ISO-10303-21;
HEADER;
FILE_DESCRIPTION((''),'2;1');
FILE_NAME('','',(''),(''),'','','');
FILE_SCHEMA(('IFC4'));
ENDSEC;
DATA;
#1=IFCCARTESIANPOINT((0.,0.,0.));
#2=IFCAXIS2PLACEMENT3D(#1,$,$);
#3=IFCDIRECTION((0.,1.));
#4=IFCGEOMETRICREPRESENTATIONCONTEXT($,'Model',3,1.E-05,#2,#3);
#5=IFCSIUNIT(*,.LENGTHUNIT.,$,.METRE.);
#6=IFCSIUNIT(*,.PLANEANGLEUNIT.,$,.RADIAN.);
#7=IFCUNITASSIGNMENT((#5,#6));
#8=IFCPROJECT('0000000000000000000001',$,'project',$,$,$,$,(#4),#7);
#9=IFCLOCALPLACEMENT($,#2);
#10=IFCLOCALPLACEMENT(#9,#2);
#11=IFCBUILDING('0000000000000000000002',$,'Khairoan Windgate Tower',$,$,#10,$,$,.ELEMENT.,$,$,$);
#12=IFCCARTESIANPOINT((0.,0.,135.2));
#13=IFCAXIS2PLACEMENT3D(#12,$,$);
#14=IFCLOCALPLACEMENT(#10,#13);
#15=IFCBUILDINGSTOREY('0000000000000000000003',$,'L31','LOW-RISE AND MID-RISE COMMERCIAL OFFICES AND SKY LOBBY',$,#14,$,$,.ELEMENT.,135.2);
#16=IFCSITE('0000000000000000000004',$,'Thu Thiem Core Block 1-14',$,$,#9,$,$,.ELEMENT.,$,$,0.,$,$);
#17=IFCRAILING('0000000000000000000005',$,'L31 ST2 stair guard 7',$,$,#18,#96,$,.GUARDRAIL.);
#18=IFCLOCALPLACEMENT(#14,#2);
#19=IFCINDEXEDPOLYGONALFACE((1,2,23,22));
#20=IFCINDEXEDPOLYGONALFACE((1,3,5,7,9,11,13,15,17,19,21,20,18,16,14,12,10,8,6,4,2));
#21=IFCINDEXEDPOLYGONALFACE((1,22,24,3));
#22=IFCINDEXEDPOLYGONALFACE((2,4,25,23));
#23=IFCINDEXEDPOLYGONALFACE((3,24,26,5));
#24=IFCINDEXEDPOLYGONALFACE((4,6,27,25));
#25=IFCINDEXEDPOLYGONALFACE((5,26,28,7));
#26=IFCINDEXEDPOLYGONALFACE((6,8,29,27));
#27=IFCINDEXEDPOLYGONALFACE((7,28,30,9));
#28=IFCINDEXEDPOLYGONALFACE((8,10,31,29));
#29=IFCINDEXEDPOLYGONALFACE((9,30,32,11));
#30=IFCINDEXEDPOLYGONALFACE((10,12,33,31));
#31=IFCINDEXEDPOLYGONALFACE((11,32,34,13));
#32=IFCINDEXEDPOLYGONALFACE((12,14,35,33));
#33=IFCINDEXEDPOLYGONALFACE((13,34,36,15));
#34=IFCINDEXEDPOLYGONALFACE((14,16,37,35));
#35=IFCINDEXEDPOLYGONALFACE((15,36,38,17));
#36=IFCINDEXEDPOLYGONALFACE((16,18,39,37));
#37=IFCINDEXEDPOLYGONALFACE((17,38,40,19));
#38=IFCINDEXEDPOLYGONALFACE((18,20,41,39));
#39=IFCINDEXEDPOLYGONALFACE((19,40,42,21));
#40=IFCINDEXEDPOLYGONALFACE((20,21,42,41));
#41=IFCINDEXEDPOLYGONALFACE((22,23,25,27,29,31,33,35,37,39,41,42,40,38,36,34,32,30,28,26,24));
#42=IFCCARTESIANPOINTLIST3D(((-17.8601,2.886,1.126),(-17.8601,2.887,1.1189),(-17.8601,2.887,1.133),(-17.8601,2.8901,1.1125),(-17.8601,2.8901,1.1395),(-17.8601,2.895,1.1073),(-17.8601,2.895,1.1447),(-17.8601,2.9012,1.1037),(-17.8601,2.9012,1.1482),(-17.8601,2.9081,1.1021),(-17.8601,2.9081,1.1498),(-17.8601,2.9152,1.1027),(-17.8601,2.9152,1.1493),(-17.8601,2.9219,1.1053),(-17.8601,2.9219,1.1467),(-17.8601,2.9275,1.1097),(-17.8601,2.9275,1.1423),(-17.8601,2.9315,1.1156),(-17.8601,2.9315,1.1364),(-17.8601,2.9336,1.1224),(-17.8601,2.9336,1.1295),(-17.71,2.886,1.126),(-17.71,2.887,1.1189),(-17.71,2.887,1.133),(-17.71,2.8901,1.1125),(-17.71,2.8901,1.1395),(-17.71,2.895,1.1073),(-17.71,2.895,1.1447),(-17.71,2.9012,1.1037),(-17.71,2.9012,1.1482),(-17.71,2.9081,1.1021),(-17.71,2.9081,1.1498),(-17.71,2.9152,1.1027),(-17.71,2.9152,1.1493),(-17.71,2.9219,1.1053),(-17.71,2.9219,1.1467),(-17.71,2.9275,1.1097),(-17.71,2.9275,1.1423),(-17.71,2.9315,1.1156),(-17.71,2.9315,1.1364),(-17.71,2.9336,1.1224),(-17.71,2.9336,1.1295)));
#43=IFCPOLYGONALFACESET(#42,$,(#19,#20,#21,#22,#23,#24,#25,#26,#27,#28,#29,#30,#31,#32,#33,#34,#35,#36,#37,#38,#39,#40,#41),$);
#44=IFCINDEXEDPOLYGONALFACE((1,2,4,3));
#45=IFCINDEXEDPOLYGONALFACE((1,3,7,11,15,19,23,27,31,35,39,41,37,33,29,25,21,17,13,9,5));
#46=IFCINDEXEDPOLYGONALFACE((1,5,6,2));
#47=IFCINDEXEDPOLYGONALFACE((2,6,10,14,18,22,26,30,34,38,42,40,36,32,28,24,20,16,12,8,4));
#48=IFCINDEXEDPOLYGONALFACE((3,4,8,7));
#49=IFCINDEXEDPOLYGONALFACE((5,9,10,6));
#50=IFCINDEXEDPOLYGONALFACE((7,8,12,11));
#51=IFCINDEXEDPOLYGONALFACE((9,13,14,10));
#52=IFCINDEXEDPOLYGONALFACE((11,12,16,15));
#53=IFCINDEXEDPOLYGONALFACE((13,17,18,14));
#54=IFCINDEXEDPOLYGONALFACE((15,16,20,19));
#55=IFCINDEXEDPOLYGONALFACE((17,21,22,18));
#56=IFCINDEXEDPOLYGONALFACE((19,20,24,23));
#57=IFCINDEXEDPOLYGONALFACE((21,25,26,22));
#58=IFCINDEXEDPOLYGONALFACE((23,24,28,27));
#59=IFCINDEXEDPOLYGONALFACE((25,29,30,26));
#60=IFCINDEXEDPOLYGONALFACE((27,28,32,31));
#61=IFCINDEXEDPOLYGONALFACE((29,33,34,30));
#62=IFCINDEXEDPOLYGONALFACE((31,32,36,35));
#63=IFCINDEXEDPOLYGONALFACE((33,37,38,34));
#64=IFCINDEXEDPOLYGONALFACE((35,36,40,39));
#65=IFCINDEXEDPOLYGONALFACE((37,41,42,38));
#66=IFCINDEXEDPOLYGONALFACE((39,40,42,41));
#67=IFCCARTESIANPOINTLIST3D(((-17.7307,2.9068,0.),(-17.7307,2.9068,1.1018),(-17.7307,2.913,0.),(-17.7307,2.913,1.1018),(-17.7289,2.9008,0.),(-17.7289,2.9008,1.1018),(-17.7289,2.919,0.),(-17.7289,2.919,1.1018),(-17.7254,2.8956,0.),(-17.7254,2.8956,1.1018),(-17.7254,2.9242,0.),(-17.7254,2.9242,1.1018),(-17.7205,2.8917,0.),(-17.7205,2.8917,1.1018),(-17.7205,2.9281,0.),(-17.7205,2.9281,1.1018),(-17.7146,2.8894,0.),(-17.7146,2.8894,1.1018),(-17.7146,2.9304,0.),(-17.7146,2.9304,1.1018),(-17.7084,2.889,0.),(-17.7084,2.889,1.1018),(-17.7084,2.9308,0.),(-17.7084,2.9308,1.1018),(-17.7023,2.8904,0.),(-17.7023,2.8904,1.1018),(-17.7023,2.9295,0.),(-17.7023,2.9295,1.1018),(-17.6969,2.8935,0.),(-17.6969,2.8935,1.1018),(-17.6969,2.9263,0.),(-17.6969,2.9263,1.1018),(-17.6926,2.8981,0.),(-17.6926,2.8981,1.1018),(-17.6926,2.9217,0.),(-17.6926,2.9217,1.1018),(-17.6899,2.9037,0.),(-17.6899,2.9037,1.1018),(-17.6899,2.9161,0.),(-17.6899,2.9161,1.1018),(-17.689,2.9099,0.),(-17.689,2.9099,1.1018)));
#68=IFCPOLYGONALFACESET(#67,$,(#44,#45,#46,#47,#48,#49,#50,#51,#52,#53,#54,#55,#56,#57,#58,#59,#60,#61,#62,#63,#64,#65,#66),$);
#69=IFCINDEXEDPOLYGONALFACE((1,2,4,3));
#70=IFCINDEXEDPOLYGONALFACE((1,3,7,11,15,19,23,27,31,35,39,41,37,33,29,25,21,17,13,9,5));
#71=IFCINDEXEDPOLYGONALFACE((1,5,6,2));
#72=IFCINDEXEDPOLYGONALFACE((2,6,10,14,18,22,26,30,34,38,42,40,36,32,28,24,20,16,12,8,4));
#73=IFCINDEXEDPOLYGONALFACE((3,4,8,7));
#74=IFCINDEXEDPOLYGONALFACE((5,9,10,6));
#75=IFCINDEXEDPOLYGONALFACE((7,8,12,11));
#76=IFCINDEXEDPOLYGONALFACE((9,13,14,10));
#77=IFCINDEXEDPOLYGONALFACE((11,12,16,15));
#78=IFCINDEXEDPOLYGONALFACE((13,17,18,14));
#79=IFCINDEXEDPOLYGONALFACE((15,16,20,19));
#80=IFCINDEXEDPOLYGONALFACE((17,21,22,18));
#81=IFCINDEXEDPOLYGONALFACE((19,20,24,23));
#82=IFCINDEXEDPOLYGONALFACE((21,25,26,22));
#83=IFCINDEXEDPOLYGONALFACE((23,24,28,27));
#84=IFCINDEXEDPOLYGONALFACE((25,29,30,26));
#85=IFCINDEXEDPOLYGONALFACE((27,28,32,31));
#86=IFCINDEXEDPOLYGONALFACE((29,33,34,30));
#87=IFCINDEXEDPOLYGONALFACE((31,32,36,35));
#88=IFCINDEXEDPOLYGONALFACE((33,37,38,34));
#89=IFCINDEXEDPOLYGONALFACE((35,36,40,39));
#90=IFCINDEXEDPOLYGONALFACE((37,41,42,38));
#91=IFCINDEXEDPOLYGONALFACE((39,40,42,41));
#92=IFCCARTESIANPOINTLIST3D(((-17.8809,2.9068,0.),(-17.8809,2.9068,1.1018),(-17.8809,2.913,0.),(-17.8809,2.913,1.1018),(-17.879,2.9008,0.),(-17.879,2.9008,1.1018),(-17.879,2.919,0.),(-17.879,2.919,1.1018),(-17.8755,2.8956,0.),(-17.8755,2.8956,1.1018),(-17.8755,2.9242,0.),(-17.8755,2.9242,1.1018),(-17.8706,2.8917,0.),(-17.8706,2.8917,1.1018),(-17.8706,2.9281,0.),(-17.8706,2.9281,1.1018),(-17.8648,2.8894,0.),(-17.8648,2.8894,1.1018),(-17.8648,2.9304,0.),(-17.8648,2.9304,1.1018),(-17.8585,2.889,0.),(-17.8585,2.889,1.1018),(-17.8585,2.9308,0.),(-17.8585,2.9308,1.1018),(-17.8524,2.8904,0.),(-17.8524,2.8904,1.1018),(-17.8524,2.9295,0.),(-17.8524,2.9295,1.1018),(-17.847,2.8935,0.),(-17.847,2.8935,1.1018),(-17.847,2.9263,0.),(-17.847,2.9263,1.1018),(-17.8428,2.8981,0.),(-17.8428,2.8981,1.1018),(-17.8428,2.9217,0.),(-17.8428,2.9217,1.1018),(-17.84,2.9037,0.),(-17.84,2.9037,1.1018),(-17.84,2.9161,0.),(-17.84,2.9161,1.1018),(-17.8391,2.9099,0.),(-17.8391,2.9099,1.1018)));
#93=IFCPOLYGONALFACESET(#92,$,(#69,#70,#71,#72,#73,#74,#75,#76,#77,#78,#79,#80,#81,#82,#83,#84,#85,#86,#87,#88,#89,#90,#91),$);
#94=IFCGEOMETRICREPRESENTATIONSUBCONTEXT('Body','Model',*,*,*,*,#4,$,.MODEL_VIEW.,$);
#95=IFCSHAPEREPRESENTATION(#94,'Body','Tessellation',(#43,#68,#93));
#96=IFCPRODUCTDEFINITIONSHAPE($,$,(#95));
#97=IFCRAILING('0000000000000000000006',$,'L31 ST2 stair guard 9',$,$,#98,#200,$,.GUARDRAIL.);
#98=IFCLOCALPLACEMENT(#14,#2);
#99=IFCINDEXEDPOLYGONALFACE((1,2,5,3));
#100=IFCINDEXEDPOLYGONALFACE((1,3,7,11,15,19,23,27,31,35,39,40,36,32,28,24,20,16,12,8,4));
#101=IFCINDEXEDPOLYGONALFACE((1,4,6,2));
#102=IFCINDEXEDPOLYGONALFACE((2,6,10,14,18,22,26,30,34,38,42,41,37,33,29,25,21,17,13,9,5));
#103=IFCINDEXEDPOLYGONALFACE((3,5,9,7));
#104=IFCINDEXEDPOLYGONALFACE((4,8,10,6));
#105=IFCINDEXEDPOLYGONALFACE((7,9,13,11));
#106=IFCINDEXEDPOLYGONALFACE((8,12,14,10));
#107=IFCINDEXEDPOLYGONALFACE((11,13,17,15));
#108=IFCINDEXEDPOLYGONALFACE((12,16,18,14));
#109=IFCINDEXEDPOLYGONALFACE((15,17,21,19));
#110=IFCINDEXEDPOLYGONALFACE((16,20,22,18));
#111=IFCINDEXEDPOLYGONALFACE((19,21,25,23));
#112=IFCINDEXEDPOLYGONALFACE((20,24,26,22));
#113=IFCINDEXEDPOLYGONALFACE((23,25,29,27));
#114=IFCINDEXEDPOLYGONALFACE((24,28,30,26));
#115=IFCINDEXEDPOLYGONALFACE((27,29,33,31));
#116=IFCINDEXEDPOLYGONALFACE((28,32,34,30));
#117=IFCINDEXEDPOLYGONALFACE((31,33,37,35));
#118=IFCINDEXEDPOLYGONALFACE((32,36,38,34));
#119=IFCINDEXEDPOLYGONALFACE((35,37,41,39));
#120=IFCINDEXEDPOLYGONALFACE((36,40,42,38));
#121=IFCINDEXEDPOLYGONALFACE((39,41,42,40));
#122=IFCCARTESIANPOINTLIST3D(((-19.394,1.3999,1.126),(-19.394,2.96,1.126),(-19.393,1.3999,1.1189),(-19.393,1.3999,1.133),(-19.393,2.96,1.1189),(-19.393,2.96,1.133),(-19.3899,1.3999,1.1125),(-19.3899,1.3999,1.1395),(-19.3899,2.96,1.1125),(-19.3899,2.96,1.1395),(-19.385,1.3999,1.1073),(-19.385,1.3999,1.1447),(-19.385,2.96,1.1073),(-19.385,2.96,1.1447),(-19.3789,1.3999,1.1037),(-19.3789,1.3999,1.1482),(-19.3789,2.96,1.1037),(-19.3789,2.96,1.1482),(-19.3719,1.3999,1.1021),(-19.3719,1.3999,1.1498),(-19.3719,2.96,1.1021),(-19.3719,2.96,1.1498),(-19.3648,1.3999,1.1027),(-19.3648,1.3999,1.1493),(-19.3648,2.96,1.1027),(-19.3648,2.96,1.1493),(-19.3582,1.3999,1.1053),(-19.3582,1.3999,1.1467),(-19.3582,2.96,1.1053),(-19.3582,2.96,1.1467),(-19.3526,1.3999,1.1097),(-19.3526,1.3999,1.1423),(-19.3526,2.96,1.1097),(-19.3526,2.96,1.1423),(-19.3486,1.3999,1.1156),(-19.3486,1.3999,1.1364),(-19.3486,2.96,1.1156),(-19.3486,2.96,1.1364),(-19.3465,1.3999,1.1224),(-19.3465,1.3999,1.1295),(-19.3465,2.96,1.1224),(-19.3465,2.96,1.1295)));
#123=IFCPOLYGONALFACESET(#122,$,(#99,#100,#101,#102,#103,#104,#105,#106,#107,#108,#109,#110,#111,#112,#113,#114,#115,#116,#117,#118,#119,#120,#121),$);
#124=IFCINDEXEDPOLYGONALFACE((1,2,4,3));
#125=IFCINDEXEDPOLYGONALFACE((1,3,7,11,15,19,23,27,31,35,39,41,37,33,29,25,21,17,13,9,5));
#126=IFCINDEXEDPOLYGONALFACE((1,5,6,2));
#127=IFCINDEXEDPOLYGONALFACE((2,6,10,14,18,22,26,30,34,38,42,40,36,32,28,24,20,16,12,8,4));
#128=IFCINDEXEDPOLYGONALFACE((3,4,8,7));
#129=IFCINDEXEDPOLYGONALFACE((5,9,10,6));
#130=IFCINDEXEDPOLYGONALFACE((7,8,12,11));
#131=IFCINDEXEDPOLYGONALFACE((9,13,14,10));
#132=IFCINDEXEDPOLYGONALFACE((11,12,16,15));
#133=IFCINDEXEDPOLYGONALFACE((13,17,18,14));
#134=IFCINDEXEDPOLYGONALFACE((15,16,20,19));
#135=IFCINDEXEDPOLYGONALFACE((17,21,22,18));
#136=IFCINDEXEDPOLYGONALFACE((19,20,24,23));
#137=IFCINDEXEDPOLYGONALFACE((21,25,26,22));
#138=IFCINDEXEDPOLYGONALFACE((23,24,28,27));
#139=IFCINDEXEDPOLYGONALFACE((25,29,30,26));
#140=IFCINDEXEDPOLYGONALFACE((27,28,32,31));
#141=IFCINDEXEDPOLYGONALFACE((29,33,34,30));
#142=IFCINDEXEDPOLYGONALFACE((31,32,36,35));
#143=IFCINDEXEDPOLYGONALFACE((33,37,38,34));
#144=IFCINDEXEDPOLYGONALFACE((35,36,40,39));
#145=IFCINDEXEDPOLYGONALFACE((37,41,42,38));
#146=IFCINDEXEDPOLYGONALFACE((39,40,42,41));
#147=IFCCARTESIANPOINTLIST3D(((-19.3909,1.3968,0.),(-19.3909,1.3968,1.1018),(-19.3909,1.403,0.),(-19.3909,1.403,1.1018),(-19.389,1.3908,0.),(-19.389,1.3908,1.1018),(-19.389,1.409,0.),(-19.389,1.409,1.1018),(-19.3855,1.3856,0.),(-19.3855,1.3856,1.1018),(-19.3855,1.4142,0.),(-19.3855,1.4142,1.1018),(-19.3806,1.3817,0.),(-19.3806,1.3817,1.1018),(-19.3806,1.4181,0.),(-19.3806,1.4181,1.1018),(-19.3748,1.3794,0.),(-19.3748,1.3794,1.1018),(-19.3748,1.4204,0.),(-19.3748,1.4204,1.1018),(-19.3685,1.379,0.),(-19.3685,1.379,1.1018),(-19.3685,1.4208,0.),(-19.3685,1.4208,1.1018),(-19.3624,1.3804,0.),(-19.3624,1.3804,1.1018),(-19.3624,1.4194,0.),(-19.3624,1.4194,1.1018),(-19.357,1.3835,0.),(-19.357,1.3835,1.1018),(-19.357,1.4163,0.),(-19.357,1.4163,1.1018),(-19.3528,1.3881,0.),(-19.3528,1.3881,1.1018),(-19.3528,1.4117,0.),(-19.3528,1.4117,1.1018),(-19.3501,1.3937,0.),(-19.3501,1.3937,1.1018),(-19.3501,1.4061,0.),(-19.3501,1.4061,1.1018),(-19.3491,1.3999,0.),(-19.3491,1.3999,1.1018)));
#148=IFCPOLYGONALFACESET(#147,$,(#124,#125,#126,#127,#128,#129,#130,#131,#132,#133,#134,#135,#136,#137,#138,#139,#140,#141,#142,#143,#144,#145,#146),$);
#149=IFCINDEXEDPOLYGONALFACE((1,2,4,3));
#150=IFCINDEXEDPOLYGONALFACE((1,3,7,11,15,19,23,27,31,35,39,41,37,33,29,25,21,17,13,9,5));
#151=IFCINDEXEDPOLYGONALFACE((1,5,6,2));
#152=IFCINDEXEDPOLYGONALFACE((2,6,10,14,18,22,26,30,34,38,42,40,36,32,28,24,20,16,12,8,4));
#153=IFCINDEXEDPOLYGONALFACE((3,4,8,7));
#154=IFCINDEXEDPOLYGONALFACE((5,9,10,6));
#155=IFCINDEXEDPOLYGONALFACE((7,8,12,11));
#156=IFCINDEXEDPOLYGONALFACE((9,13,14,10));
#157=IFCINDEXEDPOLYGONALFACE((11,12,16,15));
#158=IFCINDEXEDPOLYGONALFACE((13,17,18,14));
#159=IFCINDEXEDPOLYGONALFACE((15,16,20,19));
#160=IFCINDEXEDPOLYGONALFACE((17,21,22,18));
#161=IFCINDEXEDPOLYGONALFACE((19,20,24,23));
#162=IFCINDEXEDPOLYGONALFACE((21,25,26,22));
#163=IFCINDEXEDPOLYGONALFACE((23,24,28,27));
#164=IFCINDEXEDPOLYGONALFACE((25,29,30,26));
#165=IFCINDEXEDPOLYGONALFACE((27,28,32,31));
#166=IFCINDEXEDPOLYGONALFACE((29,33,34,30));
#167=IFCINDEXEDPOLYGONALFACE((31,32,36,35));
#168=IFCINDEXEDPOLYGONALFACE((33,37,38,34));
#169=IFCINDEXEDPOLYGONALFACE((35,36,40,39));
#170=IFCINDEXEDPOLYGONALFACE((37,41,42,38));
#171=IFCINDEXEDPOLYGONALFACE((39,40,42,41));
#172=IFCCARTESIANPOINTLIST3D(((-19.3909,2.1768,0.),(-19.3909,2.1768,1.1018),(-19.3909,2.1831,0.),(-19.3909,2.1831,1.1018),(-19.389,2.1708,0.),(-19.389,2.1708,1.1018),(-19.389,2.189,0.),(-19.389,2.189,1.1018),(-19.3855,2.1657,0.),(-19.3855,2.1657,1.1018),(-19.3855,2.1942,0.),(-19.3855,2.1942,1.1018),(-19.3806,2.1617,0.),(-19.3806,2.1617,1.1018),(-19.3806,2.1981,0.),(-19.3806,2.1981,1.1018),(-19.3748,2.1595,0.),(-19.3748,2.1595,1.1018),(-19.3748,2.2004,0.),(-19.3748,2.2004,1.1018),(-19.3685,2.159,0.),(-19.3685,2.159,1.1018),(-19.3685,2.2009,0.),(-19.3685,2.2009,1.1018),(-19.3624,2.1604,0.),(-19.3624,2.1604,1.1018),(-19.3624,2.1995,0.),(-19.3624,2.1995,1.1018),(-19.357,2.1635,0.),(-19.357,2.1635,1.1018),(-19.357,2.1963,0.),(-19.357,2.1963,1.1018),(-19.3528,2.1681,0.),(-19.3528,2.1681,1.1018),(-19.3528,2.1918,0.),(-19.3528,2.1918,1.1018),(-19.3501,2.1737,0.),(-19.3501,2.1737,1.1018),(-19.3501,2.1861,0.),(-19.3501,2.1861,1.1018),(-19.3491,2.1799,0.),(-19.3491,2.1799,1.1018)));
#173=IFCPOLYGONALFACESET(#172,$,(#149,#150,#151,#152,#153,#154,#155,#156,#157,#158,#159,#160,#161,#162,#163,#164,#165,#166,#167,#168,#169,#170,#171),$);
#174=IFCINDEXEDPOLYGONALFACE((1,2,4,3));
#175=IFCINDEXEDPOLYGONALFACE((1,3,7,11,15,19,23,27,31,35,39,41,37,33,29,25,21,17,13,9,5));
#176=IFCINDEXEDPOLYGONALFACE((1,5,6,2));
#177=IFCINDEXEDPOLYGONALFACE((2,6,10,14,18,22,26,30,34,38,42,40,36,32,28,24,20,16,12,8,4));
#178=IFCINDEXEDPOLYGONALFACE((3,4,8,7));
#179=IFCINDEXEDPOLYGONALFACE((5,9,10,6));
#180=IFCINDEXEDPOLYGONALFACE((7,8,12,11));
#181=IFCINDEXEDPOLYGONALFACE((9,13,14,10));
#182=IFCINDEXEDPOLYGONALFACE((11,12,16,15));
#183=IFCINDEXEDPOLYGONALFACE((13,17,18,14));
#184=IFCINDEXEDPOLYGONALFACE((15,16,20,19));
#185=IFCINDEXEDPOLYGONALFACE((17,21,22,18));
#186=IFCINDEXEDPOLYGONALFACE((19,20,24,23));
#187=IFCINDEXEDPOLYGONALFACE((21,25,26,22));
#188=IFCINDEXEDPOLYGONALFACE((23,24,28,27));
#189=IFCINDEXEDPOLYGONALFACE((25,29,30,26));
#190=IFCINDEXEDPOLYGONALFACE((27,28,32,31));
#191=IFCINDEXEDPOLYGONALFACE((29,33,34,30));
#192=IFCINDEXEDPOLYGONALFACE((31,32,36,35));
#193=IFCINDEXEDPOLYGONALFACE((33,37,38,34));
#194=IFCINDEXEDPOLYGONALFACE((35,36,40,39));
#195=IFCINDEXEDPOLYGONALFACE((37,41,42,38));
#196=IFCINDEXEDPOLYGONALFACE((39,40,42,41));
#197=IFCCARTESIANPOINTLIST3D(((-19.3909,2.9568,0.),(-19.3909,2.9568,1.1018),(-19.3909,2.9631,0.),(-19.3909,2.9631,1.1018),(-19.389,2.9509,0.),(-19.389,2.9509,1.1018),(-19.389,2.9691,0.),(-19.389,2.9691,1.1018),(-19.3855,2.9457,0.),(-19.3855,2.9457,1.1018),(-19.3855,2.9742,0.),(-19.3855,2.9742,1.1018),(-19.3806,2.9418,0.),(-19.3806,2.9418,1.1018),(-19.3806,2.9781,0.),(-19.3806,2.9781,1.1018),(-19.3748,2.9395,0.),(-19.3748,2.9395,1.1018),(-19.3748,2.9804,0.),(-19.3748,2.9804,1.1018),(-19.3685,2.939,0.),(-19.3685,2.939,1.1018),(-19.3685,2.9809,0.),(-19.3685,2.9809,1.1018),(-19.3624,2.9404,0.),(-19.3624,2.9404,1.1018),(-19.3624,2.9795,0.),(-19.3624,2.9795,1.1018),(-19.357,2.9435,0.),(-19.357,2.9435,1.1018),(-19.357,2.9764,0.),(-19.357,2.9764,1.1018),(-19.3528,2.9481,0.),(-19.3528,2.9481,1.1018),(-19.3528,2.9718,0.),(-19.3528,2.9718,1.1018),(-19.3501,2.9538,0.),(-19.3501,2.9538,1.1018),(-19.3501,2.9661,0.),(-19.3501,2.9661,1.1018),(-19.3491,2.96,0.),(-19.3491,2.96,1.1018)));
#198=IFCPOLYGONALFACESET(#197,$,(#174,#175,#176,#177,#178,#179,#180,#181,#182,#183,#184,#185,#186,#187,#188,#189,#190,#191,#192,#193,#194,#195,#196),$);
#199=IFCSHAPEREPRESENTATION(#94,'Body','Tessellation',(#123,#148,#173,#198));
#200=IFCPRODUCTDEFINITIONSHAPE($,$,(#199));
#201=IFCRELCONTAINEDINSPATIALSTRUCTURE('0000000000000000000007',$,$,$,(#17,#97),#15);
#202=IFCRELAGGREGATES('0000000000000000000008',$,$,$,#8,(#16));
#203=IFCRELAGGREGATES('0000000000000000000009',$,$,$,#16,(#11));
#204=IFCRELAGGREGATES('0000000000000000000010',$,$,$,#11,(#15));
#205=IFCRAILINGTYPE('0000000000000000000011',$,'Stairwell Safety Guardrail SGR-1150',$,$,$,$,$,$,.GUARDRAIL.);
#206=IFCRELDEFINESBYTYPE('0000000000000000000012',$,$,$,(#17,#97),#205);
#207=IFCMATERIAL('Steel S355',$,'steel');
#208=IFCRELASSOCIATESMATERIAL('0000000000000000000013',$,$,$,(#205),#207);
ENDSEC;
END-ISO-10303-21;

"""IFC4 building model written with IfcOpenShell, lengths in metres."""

from ifc_helpers import new_model, si_unit, direction, frame, origin, origin_2d, place, context, subcontext, project, spatial, circle, extrude, material, type_object, element, save


model = new_model("IFC4")

# Units and contexts
model_context = context("Model", 3, precision=1e-05, world=origin(), true_north=direction((0.0, 1.0)))
body_context = subcontext(model_context, "Body", "Model", "MODEL_VIEW")
ifc_project = project(units=[si_unit("LENGTHUNIT", "METRE"), si_unit("PLANEANGLEUNIT", "RADIAN")], contexts=[model_context])

# Site, building, storey
site_placement = place(None, origin())
site = spatial("IfcSite", under=ifc_project, at=site_placement, Name="Thu Thiem Core Block 1-14", CompositionType="ELEMENT", RefElevation=0.0)
building_placement = place(site_placement, origin())
building = spatial("IfcBuilding", under=site, at=building_placement, Name="Khairoan Windgate Tower", CompositionType="ELEMENT")
storey_placement = place(building_placement, frame((0.0, 0.0, 135.2)))
storey = spatial("IfcBuildingStorey", under=building, at=storey_placement, Name="L31", Description="LOW-RISE AND MID-RISE COMMERCIAL OFFICES AND SKY LOBBY", CompositionType="ELEMENT", Elevation=135.2)

# Railings
ifc_material_1 = material(Name="Steel S355", Category="steel")
railing_type_1 = type_object("IfcRailingType", Name="Stairwell Safety Guardrail SGR-1150", PredefinedType="GUARDRAIL", material=ifc_material_1)
railing_1_placement = place(storey_placement, frame((-17.71, 2.9099, 0.0)))
element("IfcRailing", 1, at=railing_1_placement, inside=storey, type_object=railing_type_1, Name="L31 ST2 stair guard 7", PredefinedType="GUARDRAIL", context=body_context, shape_type="SweptSolid", body=[
    extrude(circle(Radius=0.0239, at=origin_2d()), frame((0.0, 0.0, 1.126), z_axis=(-1.0, 0.0, 0.0), x_axis=(0.0, -1.0, 0.0)), (0.0, 0.0, 1.0), 0.1501),
    extrude(circle(Radius=0.021, at=origin_2d()), origin(), (0.0, 0.0, 1.0), 1.1018),
    extrude(circle(Radius=0.021, at=origin_2d()), frame((-0.1501, 0.0, 0.0)), (0.0, 0.0, 1.0), 1.1018),
])
railing_2_placement = place(storey_placement, frame((-19.3701, 1.3999, 0.0)))
element("IfcRailing", 2, at=railing_2_placement, inside=storey, type_object=railing_type_1, Name="L31 ST2 stair guard 9", PredefinedType="GUARDRAIL", context=body_context, shape_type="SweptSolid", body=[
    extrude(circle(Radius=0.0239, at=origin_2d()), frame((0.0, 0.0, 1.126), z_axis=(0.0, 1.0, 0.0), x_axis=(-1.0, 0.0, 0.0)), (0.0, 0.0, 1.0), 1.5601),
    extrude(circle(Radius=0.021, at=origin_2d()), origin(), (0.0, 0.0, 1.0), 1.1018),
    extrude(circle(Radius=0.021, at=origin_2d()), frame((0.0, 0.78, 0.0)), (0.0, 0.0, 1.0), 1.1018),
    extrude(circle(Radius=0.021, at=origin_2d()), frame((0.0, 1.5601, 0.0)), (0.0, 0.0, 1.0), 1.1018),
])

save(model, "model.ifc")
